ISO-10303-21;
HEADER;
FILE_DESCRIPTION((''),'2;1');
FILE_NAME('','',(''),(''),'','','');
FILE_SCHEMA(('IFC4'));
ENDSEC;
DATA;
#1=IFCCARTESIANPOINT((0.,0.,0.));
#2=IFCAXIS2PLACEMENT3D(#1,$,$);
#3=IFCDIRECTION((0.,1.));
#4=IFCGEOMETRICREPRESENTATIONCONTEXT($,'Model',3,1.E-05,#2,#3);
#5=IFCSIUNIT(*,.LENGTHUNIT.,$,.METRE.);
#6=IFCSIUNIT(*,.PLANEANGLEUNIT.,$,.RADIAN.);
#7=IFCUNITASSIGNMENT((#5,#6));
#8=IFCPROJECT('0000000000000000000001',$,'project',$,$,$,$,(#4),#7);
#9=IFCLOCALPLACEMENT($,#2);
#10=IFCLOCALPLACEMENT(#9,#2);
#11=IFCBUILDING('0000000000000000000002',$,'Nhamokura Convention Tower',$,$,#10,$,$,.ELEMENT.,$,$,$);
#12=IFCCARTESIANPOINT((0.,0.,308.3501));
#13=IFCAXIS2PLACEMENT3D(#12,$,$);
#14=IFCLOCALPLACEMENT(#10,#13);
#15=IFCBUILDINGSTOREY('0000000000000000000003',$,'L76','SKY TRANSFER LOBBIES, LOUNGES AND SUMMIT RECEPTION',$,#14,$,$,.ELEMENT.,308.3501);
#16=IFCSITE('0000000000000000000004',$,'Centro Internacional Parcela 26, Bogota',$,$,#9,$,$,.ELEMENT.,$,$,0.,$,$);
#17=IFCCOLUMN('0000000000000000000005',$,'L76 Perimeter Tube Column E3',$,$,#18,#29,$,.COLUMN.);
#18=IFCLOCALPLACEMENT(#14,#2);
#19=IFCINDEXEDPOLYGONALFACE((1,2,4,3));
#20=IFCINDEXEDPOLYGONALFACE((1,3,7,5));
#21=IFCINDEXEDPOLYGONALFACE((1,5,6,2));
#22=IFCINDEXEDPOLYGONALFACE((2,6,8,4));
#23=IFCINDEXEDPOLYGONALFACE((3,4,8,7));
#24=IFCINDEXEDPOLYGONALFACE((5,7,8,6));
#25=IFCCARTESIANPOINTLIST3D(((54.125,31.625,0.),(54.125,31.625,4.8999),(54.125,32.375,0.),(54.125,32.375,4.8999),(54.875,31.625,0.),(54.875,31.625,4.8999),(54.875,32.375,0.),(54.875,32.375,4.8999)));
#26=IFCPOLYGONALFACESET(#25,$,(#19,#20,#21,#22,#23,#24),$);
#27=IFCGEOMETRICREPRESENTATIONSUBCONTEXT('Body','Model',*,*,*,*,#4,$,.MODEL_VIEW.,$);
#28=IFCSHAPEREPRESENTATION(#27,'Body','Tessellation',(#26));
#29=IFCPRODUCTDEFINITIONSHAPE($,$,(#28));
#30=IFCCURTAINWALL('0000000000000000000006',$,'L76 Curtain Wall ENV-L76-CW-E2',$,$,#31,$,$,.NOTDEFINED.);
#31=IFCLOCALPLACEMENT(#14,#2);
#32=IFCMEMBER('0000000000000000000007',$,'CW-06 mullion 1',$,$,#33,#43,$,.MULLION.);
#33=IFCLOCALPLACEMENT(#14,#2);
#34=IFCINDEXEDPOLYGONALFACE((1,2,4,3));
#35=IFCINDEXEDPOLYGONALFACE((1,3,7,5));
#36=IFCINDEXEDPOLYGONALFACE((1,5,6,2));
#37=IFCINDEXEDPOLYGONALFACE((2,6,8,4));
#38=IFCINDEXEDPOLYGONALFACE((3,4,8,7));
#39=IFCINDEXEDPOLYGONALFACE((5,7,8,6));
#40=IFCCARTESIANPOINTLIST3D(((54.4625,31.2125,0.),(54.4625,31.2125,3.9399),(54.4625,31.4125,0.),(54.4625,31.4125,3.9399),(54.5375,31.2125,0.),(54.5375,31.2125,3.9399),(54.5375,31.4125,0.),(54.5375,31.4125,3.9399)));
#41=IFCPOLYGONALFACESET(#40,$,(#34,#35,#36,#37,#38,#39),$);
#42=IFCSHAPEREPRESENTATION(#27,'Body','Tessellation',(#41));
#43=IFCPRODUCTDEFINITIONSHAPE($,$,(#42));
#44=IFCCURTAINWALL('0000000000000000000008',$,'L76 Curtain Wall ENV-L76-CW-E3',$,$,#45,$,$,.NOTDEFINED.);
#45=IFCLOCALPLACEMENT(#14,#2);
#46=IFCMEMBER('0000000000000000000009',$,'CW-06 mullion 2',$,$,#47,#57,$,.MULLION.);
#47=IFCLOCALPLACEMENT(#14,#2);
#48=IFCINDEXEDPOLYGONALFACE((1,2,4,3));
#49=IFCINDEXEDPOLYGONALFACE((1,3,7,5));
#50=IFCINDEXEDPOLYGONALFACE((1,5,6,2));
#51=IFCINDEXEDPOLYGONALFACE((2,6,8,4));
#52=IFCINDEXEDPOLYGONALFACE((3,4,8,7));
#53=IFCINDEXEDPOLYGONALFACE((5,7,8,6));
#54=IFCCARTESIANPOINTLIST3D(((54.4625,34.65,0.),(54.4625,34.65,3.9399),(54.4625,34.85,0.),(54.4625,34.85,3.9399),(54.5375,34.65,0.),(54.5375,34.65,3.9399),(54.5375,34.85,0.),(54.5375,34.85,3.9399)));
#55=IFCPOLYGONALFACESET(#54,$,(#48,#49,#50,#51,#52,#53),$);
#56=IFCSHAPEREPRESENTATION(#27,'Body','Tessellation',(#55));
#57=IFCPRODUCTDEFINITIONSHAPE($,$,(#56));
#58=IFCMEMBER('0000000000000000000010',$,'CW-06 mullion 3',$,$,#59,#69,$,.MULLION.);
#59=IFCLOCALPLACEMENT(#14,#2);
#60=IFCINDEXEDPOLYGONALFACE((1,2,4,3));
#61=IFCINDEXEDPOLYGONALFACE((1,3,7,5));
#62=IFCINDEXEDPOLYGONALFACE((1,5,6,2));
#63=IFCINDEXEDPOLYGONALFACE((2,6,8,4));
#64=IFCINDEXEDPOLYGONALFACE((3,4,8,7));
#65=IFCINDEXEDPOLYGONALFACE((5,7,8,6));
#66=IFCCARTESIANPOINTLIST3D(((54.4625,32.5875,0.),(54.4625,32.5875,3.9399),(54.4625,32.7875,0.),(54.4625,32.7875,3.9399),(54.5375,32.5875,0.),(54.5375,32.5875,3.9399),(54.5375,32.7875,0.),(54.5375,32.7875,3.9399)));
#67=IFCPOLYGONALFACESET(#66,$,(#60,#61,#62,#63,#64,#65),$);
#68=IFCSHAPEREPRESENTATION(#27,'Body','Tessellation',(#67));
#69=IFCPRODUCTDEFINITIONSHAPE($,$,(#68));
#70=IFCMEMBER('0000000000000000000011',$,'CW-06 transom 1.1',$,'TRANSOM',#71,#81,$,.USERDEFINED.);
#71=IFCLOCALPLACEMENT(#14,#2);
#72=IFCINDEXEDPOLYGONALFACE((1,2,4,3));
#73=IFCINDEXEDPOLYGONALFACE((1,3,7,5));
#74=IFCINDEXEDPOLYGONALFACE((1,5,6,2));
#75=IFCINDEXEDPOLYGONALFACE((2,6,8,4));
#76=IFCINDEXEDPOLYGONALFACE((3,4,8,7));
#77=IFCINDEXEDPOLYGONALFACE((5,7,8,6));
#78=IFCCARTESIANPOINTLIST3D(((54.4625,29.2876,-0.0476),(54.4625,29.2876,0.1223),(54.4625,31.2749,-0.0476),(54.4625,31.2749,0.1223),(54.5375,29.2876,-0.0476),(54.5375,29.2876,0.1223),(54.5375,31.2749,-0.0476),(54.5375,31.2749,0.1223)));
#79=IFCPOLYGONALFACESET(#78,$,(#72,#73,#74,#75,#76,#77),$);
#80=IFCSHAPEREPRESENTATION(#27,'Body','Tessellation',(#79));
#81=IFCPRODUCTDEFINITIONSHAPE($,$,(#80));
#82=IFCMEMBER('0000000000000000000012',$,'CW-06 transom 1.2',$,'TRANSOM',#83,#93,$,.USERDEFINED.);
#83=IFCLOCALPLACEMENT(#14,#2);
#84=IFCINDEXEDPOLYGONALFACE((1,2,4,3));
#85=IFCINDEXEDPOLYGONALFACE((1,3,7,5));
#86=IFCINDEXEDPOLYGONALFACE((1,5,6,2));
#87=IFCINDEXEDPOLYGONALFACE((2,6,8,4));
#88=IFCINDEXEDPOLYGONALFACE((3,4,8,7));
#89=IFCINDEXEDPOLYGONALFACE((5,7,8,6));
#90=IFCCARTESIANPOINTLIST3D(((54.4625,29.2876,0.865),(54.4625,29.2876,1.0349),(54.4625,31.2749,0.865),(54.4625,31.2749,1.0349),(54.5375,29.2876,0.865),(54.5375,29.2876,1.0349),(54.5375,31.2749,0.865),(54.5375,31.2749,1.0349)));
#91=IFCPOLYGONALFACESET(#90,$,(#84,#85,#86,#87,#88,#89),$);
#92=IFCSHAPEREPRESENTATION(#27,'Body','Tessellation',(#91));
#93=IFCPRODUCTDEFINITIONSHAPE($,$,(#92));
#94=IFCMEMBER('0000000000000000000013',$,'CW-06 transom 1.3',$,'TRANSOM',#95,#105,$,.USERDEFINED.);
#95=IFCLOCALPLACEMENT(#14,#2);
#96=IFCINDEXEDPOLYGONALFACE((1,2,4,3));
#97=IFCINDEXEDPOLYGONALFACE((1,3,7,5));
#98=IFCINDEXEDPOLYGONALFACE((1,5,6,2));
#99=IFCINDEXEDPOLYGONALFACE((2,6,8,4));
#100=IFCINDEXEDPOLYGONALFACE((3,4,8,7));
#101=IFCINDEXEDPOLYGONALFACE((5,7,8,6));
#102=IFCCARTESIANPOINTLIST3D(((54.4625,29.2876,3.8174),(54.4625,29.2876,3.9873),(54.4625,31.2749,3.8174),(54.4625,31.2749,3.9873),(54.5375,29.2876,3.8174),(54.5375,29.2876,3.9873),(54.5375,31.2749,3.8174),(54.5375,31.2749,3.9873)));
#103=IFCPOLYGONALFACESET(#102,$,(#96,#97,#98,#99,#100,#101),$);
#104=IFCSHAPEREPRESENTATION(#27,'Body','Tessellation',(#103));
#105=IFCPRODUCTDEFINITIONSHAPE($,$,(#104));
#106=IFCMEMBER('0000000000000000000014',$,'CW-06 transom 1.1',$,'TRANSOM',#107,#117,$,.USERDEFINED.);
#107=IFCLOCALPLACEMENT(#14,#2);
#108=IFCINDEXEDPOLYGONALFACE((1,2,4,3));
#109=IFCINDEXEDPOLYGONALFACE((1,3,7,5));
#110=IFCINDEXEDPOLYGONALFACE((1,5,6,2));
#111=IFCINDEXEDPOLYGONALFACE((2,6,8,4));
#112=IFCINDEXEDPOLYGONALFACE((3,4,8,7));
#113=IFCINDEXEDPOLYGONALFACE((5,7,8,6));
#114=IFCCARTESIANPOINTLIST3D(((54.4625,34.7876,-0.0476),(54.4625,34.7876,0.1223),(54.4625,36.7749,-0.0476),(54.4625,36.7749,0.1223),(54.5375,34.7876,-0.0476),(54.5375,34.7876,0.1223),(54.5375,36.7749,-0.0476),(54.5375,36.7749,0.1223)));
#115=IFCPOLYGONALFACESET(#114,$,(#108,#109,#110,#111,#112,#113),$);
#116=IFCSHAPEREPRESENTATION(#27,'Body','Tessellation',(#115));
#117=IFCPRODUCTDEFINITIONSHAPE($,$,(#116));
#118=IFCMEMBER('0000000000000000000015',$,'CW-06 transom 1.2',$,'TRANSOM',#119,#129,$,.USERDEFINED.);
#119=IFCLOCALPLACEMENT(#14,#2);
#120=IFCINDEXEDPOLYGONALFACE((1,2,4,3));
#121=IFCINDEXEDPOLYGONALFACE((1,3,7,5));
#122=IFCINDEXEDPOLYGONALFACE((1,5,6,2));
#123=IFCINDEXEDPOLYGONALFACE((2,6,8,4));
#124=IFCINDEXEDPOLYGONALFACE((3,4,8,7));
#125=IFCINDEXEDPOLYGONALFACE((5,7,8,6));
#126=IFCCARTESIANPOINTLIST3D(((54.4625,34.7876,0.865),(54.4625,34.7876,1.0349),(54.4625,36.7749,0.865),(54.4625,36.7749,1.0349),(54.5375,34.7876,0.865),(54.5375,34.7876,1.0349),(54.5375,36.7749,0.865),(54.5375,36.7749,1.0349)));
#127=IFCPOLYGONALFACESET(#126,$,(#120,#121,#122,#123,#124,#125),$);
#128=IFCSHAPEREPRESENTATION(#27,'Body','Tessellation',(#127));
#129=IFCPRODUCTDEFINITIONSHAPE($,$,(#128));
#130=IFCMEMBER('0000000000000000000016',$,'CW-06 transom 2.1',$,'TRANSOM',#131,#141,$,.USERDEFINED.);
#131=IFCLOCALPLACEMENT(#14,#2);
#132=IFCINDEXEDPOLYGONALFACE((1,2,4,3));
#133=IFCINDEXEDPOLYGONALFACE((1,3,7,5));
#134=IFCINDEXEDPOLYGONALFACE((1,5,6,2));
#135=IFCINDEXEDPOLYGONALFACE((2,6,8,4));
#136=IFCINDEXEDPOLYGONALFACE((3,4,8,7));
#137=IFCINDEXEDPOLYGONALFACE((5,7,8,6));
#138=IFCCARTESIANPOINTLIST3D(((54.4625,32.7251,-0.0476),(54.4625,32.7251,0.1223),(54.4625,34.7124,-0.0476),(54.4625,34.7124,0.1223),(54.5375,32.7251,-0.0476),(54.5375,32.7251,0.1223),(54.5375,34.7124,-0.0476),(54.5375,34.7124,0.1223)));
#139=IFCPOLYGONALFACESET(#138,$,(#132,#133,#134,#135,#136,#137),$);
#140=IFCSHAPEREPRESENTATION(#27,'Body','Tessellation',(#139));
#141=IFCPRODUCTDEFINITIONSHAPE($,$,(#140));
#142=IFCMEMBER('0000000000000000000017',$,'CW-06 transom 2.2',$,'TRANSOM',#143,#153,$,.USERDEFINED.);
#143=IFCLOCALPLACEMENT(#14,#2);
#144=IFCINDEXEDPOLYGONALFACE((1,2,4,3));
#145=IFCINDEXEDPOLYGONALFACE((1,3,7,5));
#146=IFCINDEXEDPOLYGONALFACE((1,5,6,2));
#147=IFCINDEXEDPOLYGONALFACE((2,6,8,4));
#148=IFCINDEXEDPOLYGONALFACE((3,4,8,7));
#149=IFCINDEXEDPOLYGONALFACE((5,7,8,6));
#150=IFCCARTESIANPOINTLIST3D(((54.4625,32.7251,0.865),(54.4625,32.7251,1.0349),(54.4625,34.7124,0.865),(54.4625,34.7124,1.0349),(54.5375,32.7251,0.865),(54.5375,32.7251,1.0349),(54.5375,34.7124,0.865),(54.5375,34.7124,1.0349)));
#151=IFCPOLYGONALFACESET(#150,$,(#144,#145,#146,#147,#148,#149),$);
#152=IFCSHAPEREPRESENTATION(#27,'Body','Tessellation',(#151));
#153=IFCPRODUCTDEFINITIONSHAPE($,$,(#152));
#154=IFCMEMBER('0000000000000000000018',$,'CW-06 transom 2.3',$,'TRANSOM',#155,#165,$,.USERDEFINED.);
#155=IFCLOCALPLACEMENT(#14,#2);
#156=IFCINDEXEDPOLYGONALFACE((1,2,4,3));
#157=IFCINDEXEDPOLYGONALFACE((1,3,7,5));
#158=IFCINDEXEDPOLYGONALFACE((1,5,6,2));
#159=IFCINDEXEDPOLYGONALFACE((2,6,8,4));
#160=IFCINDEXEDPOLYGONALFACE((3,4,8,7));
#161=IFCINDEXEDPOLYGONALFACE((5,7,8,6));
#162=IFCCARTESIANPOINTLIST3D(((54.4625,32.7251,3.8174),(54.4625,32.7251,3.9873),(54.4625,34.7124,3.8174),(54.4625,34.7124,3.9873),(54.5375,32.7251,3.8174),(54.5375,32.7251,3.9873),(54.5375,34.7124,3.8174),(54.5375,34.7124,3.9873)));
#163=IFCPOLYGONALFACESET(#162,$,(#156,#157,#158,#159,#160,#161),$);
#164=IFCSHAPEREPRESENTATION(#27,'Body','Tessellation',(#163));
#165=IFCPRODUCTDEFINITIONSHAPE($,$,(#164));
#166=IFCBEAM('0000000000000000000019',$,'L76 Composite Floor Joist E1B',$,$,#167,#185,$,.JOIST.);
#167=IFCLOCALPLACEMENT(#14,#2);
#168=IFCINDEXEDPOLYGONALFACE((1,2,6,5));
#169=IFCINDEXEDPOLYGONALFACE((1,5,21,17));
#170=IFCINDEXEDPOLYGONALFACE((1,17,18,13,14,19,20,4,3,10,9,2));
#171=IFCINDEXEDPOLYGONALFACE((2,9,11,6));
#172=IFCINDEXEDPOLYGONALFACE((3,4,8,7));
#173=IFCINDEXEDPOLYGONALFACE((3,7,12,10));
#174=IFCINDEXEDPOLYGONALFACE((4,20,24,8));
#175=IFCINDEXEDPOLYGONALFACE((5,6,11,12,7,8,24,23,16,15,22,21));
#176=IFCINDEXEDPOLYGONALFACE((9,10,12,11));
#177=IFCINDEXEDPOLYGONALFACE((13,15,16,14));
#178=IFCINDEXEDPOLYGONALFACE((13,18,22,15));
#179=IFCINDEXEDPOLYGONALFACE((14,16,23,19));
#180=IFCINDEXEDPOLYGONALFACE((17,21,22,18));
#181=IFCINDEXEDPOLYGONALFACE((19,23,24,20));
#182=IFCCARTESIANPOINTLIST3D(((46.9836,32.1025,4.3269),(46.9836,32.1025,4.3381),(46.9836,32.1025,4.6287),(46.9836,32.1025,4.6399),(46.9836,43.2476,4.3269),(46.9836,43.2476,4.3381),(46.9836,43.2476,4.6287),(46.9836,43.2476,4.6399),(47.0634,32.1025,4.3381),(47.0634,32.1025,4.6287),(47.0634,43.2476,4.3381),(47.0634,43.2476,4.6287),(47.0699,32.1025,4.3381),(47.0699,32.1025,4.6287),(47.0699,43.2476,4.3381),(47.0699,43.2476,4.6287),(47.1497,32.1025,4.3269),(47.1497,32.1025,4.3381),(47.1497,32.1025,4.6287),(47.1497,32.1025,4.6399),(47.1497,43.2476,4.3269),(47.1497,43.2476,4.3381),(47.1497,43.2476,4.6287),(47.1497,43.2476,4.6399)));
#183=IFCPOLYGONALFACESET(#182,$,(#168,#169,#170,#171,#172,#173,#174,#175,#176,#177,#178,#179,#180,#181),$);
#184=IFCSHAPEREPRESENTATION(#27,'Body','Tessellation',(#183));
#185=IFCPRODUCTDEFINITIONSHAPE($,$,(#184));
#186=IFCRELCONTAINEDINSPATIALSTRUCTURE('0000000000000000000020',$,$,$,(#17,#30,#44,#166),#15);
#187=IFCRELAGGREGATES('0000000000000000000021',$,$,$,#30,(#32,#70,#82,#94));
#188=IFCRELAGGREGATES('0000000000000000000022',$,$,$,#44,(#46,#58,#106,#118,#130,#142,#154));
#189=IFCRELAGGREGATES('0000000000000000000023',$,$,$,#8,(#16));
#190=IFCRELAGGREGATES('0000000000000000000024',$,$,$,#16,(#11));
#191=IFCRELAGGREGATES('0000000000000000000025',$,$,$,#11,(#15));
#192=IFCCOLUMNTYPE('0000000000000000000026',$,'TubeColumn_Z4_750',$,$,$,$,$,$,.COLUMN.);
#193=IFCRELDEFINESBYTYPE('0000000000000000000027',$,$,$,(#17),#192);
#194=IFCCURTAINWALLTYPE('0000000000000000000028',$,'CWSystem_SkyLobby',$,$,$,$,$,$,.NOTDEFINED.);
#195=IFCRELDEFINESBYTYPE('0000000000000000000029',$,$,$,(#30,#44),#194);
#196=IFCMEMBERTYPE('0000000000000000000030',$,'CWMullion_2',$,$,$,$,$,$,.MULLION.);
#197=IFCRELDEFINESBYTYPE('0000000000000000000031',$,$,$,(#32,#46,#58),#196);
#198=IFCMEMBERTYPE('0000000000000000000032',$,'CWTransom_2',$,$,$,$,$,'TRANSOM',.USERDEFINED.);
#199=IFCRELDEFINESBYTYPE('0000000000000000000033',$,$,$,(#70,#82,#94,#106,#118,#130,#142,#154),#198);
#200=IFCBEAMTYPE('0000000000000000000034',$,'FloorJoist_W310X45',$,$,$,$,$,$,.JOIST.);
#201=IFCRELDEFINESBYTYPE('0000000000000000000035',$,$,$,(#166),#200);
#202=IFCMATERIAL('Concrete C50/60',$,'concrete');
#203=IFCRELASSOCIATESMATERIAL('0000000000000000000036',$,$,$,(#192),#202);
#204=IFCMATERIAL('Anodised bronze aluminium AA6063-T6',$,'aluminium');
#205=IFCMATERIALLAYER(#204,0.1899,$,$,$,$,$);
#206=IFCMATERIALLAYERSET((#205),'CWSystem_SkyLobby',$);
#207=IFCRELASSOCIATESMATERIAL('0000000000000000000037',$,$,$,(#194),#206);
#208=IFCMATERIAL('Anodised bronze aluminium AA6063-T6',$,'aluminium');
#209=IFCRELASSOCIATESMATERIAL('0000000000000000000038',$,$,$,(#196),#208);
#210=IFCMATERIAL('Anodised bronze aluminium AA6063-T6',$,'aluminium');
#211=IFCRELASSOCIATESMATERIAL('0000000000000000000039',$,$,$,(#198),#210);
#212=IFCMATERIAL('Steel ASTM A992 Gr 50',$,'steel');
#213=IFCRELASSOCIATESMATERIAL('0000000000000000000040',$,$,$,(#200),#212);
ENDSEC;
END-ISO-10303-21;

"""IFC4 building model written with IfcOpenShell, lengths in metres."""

from ifc_helpers import new_model, si_unit, direction, frame, origin, origin_2d, place, context, subcontext, project, spatial, rectangle, i_section, extrude, material, layer, layer_set, material_profile, profile_set, type_object, element, aggregate, save


model = new_model("IFC4")

# Units and contexts
model_context = context("Model", 3, precision=1e-05, world=origin(), true_north=direction((0.0, 1.0)))
body_context = subcontext(model_context, "Body", "Model", "MODEL_VIEW")
ifc_project = project(units=[si_unit("LENGTHUNIT", "METRE"), si_unit("PLANEANGLEUNIT", "RADIAN")], contexts=[model_context])

# Site, building, storey
site_placement = place(None, origin())
site = spatial("IfcSite", under=ifc_project, at=site_placement, Name="Centro Internacional Parcela 26, Bogota", CompositionType="ELEMENT", RefElevation=0.0)
building_placement = place(site_placement, origin())
building = spatial("IfcBuilding", under=site, at=building_placement, Name="Nhamokura Convention Tower", CompositionType="ELEMENT")
storey_placement = place(building_placement, frame((0.0, 0.0, 308.3501)))
storey = spatial("IfcBuildingStorey", under=building, at=storey_placement, Name="L76", Description="SKY TRANSFER LOBBIES, LOUNGES AND SUMMIT RECEPTION", CompositionType="ELEMENT", Elevation=308.3501)

# Column
ifc_material_1 = material(Name="Concrete C50/60", Category="concrete")
ifc_material_profile_1 = material_profile(ifc_material_1, rectangle(XDim=0.75, YDim=0.75, at=origin_2d()))
ifc_profile_set_1 = profile_set([ifc_material_profile_1], Name="Concrete C50/60")
column_type = type_object("IfcColumnType", Name="TubeColumn_Z4_750", PredefinedType="COLUMN", material=ifc_profile_set_1)
column_placement = place(storey_placement, frame((54.5, 32.0, 0.0), z_axis=(0.0, 0.0, 1.0), x_axis=(1.0, 0.0, 0.0)))
element("IfcColumn", 1, at=column_placement, inside=storey, type_object=column_type, Name="L76 Perimeter Tube Column E3", PredefinedType="COLUMN", context=body_context, shape_type="SweptSolid", body=[
    extrude(rectangle(XDim=0.75, YDim=0.75, at=origin_2d()), origin(), (0.0, 0.0, 1.0), 4.8999),
])

# Curtain wall, member
ifc_material_2 = material(Name="Anodised bronze aluminium AA6063-T6", Category="aluminium")
ifc_layer_1 = layer(ifc_material_2, 0.1899)
ifc_layer_set_1 = layer_set([ifc_layer_1], Name="CWSystem_SkyLobby")
curtain_wall_type = type_object("IfcCurtainWallType", Name="CWSystem_SkyLobby", PredefinedType="NOTDEFINED", material=ifc_layer_set_1)
curtain_wall_1_placement = place(storey_placement, origin())
curtain_wall_1 = element("IfcCurtainWall", 2, at=curtain_wall_1_placement, inside=storey, type_object=curtain_wall_type, Name="L76 Curtain Wall ENV-L76-CW-E2", PredefinedType="NOTDEFINED")
ifc_material_3 = material(Name="Anodised bronze aluminium AA6063-T6", Category="aluminium")
ifc_material_profile_2 = material_profile(ifc_material_3, rectangle(XDim=0.075, YDim=0.2, at=origin_2d()))
ifc_profile_set_2 = profile_set([ifc_material_profile_2], Name="Anodised bronze aluminium AA6063-T6")
member_type_1 = type_object("IfcMemberType", Name="CWMullion_2", PredefinedType="MULLION", material=ifc_profile_set_2)
member_1_placement = place(storey_placement, frame((54.5, 31.3125, 0.0), z_axis=(0.0, 0.0, 1.0), x_axis=(1.0, 0.0, 0.0)))
member_1 = element("IfcMember", 3, at=member_1_placement, type_object=member_type_1, Name="CW-06 mullion 1", PredefinedType="MULLION", context=body_context, shape_type="SweptSolid", body=[
    extrude(rectangle(XDim=0.075, YDim=0.2, at=origin_2d()), origin(), (0.0, 0.0, 1.0), 3.9399),
])

# Curtain wall, members
curtain_wall_2_placement = place(storey_placement, origin())
curtain_wall_2 = element("IfcCurtainWall", 4, at=curtain_wall_2_placement, inside=storey, type_object=curtain_wall_type, Name="L76 Curtain Wall ENV-L76-CW-E3", PredefinedType="NOTDEFINED")
member_2_placement = place(storey_placement, frame((54.5, 34.75, 0.0), z_axis=(0.0, 0.0, 1.0), x_axis=(1.0, 0.0, 0.0)))
member_2 = element("IfcMember", 5, at=member_2_placement, type_object=member_type_1, Name="CW-06 mullion 2", PredefinedType="MULLION", context=body_context, shape_type="SweptSolid", body=[
    extrude(rectangle(XDim=0.075, YDim=0.2, at=origin_2d()), origin(), (0.0, 0.0, 1.0), 3.9399),
])
member_3_placement = place(storey_placement, frame((54.5, 32.6875, 0.0), z_axis=(0.0, 0.0, 1.0), x_axis=(1.0, 0.0, 0.0)))
member_3 = element("IfcMember", 6, at=member_3_placement, type_object=member_type_1, Name="CW-06 mullion 3", PredefinedType="MULLION", context=body_context, shape_type="SweptSolid", body=[
    extrude(rectangle(XDim=0.075, YDim=0.2, at=origin_2d()), origin(), (0.0, 0.0, 1.0), 3.9399),
])

# Members
ifc_material_4 = material(Name="Anodised bronze aluminium AA6063-T6", Category="aluminium")
ifc_material_profile_3 = material_profile(ifc_material_4, rectangle(XDim=0.075, YDim=0.1699, at=origin_2d()))
ifc_profile_set_3 = profile_set([ifc_material_profile_3], Name="Anodised bronze aluminium AA6063-T6")
member_type_2 = type_object("IfcMemberType", Name="CWTransom_2", ElementType="TRANSOM", PredefinedType="USERDEFINED", material=ifc_profile_set_3)
member_4_placement = place(storey_placement, frame((54.5, 31.2749, 0.0374), z_axis=(0.0, -1.0, 0.0), x_axis=(1.0, 0.0, 0.0)))
member_4 = element("IfcMember", 7, at=member_4_placement, type_object=member_type_2, Name="CW-06 transom 1.1", ObjectType="TRANSOM", PredefinedType="USERDEFINED", context=body_context, shape_type="SweptSolid", body=[
    extrude(rectangle(XDim=0.075, YDim=0.1699, at=origin_2d()), origin(), (0.0, 0.0, 1.0), 1.9873),
])
member_5_placement = place(storey_placement, frame((54.5, 31.2749, 0.95), z_axis=(0.0, -1.0, 0.0), x_axis=(1.0, 0.0, 0.0)))
member_5 = element("IfcMember", 8, at=member_5_placement, type_object=member_type_2, Name="CW-06 transom 1.2", ObjectType="TRANSOM", PredefinedType="USERDEFINED", context=body_context, shape_type="SweptSolid", body=[
    extrude(rectangle(XDim=0.075, YDim=0.1699, at=origin_2d()), origin(), (0.0, 0.0, 1.0), 1.9873),
])
member_6_placement = place(storey_placement, frame((54.5, 31.2749, 3.9023), z_axis=(0.0, -1.0, 0.0), x_axis=(1.0, 0.0, 0.0)))
member_6 = element("IfcMember", 9, at=member_6_placement, type_object=member_type_2, Name="CW-06 transom 1.3", ObjectType="TRANSOM", PredefinedType="USERDEFINED", context=body_context, shape_type="SweptSolid", body=[
    extrude(rectangle(XDim=0.075, YDim=0.1699, at=origin_2d()), origin(), (0.0, 0.0, 1.0), 1.9873),
])
aggregate(curtain_wall_1, [member_1, member_4, member_5, member_6])
member_7_placement = place(storey_placement, frame((54.5, 36.7749, 0.0374), z_axis=(0.0, -1.0, 0.0), x_axis=(1.0, 0.0, 0.0)))
member_7 = element("IfcMember", 10, at=member_7_placement, type_object=member_type_2, Name="CW-06 transom 1.1", ObjectType="TRANSOM", PredefinedType="USERDEFINED", context=body_context, shape_type="SweptSolid", body=[
    extrude(rectangle(XDim=0.075, YDim=0.1699, at=origin_2d()), origin(), (0.0, 0.0, 1.0), 1.9873),
])
member_8_placement = place(storey_placement, frame((54.5, 36.7749, 0.95), z_axis=(0.0, -1.0, 0.0), x_axis=(1.0, 0.0, 0.0)))
member_8 = element("IfcMember", 11, at=member_8_placement, type_object=member_type_2, Name="CW-06 transom 1.2", ObjectType="TRANSOM", PredefinedType="USERDEFINED", context=body_context, shape_type="SweptSolid", body=[
    extrude(rectangle(XDim=0.075, YDim=0.1699, at=origin_2d()), origin(), (0.0, 0.0, 1.0), 1.9873),
])
member_9_placement = place(storey_placement, frame((54.5, 34.7124, 0.0374), z_axis=(0.0, -1.0, 0.0), x_axis=(1.0, 0.0, 0.0)))
member_9 = element("IfcMember", 12, at=member_9_placement, type_object=member_type_2, Name="CW-06 transom 2.1", ObjectType="TRANSOM", PredefinedType="USERDEFINED", context=body_context, shape_type="SweptSolid", body=[
    extrude(rectangle(XDim=0.075, YDim=0.1699, at=origin_2d()), origin(), (0.0, 0.0, 1.0), 1.9873),
])
member_10_placement = place(storey_placement, frame((54.5, 34.7124, 0.95), z_axis=(0.0, -1.0, 0.0), x_axis=(1.0, 0.0, 0.0)))
member_10 = element("IfcMember", 13, at=member_10_placement, type_object=member_type_2, Name="CW-06 transom 2.2", ObjectType="TRANSOM", PredefinedType="USERDEFINED", context=body_context, shape_type="SweptSolid", body=[
    extrude(rectangle(XDim=0.075, YDim=0.1699, at=origin_2d()), origin(), (0.0, 0.0, 1.0), 1.9873),
])
member_11_placement = place(storey_placement, frame((54.5, 34.7124, 3.9023), z_axis=(0.0, -1.0, 0.0), x_axis=(1.0, 0.0, 0.0)))
member_11 = element("IfcMember", 14, at=member_11_placement, type_object=member_type_2, Name="CW-06 transom 2.3", ObjectType="TRANSOM", PredefinedType="USERDEFINED", context=body_context, shape_type="SweptSolid", body=[
    extrude(rectangle(XDim=0.075, YDim=0.1699, at=origin_2d()), origin(), (0.0, 0.0, 1.0), 1.9873),
])

# Beam
ifc_material_5 = material(Name="Steel ASTM A992 Gr 50", Category="steel")
ifc_material_profile_4 = material_profile(ifc_material_5, i_section(OverallWidth=0.166, OverallDepth=0.313, WebThickness=0.0066, FlangeThickness=0.0112, at=origin_2d()))
ifc_profile_set_4 = profile_set([ifc_material_profile_4], Name="Steel ASTM A992 Gr 50")
beam_type_1 = type_object("IfcBeamType", Name="FloorJoist_W310X45", PredefinedType="JOIST", material=ifc_profile_set_4)
for number, where, z_axis, x_axis, name in (
    (15, (47.0667, 32.1025, 4.4834), (0.0, 1.0, 0.0), (-1.0, 0.0, 0.0), "L76 Composite Floor Joist E1B"),
):
    element("IfcBeam", number, at=place(storey_placement, frame(where, z_axis=z_axis, x_axis=x_axis)), inside=storey, type_object=beam_type_1, Name=name, PredefinedType="JOIST", context=body_context, shape_type="SweptSolid", body=[
        extrude(i_section(OverallWidth=0.166, OverallDepth=0.313, WebThickness=0.0066, FlangeThickness=0.0112, at=origin_2d()), origin(), (0.0, 0.0, 1.0), 11.145),
    ])

aggregate(curtain_wall_2, [member_2, member_3, member_7, member_8, member_9, member_10, member_11])

save(model, "model.ifc")
